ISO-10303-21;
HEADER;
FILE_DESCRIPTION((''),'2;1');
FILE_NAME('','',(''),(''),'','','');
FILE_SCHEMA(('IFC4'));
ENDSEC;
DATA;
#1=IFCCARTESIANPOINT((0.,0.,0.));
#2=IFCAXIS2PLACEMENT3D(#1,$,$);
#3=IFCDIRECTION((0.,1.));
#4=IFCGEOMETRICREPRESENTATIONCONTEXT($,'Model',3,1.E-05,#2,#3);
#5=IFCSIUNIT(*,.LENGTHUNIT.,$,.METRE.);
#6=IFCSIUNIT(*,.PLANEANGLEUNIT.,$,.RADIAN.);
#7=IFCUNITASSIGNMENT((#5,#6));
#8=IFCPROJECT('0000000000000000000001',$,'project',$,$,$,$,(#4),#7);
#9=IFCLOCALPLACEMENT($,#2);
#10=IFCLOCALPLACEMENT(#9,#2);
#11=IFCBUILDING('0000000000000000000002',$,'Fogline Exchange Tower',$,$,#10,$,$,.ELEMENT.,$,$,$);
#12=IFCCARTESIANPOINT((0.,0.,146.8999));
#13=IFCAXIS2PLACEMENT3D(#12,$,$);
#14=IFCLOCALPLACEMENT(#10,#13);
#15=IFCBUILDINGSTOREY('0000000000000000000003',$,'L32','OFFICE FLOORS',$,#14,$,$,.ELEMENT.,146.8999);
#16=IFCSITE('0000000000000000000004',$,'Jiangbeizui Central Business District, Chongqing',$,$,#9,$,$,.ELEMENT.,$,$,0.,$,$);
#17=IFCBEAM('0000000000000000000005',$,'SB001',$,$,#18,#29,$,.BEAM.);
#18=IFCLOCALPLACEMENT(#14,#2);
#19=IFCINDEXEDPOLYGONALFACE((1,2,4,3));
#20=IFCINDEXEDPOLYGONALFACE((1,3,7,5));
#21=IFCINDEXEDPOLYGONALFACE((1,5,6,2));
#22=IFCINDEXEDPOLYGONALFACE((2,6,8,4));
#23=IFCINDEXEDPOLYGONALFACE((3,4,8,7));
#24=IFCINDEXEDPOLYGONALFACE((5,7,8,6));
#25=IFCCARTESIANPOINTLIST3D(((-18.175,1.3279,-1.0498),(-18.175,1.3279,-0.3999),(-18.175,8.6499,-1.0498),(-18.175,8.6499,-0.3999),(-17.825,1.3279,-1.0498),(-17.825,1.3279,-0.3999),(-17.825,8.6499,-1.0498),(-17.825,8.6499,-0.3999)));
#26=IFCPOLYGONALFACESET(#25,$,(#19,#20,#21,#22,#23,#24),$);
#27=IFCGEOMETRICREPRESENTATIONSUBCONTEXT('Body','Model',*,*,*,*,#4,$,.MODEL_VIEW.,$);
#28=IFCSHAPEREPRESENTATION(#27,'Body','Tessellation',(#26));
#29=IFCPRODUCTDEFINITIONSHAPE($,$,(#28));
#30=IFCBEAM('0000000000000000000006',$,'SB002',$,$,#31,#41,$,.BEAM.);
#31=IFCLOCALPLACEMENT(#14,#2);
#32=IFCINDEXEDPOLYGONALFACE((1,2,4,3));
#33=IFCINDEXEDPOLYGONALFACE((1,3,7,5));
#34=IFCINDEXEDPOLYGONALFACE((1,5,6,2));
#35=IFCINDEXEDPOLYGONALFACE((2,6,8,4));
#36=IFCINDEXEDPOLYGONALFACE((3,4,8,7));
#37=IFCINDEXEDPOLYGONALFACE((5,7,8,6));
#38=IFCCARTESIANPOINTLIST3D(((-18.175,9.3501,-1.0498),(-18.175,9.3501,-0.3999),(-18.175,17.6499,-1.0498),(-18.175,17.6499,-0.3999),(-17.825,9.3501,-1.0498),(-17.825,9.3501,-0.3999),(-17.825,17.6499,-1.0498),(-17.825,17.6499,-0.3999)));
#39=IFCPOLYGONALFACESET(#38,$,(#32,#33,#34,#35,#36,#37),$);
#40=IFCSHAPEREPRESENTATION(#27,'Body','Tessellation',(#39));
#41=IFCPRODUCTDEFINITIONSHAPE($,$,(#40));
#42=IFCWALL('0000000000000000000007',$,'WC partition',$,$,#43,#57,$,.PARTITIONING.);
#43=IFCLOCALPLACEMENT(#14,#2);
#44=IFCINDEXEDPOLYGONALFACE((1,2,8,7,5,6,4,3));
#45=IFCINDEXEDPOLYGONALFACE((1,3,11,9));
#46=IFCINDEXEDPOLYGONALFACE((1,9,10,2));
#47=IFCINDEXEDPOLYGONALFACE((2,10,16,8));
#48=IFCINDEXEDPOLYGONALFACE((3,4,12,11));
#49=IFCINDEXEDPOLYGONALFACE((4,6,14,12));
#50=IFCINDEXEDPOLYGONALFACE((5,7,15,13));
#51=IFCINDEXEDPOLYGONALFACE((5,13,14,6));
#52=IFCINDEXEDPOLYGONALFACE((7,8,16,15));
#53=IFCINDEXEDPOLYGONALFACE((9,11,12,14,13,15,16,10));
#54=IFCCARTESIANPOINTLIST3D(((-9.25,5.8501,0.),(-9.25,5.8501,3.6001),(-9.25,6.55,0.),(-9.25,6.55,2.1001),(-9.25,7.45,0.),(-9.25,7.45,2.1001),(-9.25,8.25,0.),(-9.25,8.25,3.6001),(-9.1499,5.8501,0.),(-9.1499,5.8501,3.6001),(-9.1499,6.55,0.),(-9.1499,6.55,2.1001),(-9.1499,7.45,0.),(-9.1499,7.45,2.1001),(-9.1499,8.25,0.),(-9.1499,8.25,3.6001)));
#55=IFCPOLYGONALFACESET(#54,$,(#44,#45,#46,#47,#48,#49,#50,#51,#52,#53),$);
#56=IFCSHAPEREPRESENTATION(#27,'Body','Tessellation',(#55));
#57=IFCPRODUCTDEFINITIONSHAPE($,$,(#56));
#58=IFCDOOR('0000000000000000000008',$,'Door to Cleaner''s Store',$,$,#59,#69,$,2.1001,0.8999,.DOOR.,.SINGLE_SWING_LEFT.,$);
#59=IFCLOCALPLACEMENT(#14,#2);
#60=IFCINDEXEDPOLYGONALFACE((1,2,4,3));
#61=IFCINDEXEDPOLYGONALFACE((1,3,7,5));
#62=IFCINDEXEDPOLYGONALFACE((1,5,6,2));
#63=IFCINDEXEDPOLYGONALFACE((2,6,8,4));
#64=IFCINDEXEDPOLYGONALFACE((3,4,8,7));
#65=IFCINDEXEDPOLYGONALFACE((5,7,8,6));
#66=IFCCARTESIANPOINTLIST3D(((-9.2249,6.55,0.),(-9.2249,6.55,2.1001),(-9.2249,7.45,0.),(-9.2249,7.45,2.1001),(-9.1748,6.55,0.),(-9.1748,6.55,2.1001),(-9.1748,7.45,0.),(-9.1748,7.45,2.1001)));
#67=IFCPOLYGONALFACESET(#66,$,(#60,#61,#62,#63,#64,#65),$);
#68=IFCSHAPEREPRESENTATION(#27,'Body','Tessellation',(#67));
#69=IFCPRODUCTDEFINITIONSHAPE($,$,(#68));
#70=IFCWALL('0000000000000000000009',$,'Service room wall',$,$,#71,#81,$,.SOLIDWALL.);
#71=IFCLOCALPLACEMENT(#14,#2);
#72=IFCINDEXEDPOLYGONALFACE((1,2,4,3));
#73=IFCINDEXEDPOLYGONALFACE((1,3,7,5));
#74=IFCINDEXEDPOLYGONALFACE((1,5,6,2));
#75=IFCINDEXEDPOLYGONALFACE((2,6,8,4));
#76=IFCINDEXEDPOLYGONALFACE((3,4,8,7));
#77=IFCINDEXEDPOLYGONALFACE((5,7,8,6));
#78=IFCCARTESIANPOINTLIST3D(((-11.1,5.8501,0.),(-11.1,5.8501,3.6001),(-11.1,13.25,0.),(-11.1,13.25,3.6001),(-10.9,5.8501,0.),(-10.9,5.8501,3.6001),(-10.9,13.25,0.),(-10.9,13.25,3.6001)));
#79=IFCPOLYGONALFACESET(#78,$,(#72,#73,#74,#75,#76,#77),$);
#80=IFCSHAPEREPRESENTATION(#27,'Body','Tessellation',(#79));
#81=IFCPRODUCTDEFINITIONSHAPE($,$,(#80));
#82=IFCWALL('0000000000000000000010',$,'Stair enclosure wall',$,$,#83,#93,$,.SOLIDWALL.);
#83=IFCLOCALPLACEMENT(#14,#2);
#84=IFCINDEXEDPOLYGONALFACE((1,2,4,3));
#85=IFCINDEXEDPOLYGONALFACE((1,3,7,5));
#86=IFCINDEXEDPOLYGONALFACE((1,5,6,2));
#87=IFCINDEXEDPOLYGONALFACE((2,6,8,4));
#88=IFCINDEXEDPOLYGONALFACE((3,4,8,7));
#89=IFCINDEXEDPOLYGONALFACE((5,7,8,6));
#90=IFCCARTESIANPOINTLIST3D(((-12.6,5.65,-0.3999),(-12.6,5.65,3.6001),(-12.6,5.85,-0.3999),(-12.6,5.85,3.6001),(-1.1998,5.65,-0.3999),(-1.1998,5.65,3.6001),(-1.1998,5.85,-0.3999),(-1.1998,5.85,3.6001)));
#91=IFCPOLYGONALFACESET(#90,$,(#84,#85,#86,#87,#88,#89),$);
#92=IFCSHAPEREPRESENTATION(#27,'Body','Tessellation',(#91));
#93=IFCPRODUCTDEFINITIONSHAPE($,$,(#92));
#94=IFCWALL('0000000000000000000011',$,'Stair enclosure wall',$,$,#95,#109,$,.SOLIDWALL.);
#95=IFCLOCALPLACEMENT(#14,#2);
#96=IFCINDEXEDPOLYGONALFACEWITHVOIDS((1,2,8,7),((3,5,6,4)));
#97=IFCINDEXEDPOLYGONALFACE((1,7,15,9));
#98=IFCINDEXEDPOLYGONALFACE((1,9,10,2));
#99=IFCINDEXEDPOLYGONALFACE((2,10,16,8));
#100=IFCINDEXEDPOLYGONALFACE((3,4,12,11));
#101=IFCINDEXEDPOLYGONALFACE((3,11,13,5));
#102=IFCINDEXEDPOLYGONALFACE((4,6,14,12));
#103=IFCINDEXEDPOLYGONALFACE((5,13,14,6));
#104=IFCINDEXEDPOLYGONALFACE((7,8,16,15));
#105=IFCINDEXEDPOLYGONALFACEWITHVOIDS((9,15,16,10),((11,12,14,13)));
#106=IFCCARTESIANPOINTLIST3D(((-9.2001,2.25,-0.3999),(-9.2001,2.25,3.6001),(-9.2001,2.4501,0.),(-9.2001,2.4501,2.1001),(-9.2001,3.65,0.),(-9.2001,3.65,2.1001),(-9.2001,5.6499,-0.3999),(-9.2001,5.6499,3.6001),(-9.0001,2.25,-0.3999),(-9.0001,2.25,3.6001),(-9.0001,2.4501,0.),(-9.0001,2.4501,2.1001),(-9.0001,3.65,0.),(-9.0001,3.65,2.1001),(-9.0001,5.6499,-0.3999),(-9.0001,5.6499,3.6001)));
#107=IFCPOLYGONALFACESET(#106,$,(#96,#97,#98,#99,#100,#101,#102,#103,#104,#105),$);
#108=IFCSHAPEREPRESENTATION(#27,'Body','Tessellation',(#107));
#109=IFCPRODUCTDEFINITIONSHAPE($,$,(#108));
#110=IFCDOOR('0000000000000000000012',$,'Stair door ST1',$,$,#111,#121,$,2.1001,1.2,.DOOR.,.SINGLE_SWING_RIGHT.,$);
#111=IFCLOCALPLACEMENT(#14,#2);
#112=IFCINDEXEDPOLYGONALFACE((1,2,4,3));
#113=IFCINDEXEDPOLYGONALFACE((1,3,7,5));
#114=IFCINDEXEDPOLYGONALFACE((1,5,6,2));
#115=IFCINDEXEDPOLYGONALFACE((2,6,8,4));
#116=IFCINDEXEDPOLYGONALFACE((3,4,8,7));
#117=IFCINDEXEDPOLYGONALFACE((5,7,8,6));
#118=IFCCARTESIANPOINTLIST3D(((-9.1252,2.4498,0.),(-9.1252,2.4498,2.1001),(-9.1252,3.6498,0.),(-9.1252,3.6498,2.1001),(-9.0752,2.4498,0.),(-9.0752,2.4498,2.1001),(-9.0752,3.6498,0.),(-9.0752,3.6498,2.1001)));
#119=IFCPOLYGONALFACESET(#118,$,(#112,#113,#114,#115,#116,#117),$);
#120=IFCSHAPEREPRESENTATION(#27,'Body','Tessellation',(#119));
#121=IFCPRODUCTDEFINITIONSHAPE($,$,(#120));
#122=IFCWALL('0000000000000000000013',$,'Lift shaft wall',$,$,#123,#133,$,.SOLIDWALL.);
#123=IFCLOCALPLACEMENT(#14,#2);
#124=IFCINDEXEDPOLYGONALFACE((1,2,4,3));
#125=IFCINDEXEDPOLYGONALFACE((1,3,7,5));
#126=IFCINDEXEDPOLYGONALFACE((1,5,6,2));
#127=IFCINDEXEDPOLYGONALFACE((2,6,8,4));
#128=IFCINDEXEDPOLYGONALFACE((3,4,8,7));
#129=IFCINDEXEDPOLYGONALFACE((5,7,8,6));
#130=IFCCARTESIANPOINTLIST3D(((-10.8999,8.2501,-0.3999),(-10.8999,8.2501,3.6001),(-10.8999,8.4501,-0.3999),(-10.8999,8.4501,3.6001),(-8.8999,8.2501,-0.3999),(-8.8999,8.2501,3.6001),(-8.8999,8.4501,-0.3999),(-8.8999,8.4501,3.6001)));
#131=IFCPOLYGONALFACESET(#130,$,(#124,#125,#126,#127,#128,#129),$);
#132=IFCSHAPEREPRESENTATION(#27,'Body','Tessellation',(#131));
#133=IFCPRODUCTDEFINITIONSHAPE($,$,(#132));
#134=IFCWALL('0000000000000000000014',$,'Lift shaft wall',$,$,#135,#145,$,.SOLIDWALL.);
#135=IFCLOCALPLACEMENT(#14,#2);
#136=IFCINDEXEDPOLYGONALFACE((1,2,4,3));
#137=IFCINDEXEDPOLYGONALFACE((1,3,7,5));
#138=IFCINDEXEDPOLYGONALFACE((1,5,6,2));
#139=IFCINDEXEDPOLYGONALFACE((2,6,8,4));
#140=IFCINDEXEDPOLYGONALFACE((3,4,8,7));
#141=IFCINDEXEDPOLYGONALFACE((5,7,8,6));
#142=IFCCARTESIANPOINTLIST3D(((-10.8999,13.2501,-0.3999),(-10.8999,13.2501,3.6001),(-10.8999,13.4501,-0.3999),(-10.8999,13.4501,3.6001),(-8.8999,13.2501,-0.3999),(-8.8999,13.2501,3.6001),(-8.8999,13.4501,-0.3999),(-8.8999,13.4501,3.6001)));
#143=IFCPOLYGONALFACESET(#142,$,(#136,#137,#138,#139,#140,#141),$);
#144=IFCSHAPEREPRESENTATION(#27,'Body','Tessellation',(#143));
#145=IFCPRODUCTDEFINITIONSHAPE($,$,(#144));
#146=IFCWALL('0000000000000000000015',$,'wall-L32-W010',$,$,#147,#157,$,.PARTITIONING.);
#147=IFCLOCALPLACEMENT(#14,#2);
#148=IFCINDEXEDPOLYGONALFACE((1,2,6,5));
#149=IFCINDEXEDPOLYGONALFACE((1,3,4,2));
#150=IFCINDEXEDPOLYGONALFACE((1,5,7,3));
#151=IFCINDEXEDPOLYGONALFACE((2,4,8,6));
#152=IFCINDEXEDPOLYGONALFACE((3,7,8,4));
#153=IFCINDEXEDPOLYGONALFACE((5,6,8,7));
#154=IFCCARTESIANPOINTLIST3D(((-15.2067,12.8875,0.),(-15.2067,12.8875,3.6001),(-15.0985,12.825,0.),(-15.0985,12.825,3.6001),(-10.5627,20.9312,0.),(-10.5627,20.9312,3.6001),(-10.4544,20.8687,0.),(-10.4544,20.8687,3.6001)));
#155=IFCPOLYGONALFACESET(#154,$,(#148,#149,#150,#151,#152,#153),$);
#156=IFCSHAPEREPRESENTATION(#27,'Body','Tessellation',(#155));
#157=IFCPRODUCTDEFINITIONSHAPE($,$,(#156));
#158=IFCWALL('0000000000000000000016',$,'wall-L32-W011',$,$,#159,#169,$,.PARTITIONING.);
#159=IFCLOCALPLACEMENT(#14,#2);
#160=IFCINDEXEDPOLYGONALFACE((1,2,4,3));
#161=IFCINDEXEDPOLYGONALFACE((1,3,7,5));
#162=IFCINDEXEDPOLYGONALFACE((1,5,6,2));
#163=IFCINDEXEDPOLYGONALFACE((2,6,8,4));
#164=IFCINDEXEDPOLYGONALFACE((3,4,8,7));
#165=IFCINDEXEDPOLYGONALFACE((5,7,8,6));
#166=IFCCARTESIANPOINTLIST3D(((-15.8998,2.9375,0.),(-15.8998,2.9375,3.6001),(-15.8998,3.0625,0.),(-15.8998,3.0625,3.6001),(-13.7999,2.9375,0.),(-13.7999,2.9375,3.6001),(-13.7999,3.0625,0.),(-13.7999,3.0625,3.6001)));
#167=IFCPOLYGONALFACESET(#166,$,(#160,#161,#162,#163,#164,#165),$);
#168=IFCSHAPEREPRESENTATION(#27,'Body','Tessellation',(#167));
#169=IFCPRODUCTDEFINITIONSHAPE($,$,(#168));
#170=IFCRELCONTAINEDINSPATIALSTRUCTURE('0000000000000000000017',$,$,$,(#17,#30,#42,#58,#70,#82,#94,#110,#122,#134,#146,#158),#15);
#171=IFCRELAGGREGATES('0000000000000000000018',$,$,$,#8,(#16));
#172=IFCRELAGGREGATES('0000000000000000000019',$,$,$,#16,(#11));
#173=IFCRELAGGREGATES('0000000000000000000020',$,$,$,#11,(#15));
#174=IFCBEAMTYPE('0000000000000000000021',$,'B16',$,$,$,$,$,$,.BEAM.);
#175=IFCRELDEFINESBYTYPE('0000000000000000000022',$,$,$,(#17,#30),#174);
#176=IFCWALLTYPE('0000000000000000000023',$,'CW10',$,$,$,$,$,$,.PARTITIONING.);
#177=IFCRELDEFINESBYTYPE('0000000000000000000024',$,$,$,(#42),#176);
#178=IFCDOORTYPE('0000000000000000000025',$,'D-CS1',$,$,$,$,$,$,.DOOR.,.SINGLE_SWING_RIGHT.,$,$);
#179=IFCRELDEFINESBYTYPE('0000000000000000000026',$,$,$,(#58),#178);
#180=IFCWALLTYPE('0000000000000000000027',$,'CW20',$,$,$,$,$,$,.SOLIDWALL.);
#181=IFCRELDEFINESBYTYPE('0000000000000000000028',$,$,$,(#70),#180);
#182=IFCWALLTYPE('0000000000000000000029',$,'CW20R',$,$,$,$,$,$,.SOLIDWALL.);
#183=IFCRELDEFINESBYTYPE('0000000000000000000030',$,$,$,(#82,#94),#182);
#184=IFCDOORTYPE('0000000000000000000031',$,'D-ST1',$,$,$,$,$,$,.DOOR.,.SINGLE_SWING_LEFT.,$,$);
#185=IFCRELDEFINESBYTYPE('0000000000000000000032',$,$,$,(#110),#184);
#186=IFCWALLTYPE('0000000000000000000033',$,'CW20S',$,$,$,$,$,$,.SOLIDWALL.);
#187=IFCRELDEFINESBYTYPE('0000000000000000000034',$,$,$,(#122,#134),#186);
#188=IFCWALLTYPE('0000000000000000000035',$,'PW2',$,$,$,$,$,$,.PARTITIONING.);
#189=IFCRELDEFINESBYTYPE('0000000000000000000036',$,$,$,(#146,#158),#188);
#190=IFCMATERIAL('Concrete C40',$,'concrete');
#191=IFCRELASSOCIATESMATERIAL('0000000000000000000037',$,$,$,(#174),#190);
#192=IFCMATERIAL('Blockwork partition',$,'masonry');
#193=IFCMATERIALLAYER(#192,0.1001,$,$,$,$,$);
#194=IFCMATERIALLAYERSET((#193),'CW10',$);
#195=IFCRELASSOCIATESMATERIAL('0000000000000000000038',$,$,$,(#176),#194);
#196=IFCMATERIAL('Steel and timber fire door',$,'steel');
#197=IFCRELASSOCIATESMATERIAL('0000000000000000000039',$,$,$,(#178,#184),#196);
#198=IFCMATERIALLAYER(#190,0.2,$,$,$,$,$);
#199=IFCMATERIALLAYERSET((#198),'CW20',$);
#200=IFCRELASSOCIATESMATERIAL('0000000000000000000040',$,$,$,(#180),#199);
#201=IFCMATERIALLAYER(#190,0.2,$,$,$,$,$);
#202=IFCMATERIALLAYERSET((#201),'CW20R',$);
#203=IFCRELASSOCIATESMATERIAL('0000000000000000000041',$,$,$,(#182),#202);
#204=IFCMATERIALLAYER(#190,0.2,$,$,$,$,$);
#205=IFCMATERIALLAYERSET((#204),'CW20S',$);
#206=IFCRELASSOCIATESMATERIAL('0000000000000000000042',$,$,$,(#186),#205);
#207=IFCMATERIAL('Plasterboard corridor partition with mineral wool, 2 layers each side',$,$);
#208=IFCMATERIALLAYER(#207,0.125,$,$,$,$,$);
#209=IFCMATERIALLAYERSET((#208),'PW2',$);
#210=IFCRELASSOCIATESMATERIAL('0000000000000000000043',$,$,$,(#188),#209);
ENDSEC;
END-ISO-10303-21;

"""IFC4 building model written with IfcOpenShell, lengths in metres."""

from ifc_helpers import new_model, si_unit, direction, frame, frame_2d, origin, origin_2d, place, context, subcontext, project, spatial, rectangle, extrude, material, layer, layer_set, material_profile, profile_set, type_object, element, fill, save


model = new_model("IFC4")

# Units and contexts
model_context = context("Model", 3, precision=1e-05, world=origin(), true_north=direction((0.0, 1.0)))
body_context = subcontext(model_context, "Body", "Model", "MODEL_VIEW")
ifc_project = project(units=[si_unit("LENGTHUNIT", "METRE"), si_unit("PLANEANGLEUNIT", "RADIAN")], contexts=[model_context])

# Site, building, storey
site_placement = place(None, origin())
site = spatial("IfcSite", under=ifc_project, at=site_placement, Name="Jiangbeizui Central Business District, Chongqing", CompositionType="ELEMENT", RefElevation=0.0)
building_placement = place(site_placement, origin())
building = spatial("IfcBuilding", under=site, at=building_placement, Name="Fogline Exchange Tower", CompositionType="ELEMENT")
storey_placement = place(building_placement, frame((0.0, 0.0, 146.8999)))
storey = spatial("IfcBuildingStorey", under=building, at=storey_placement, Name="L32", Description="OFFICE FLOORS", CompositionType="ELEMENT", Elevation=146.8999)

# Beams
ifc_material_1 = material(Name="Concrete C40", Category="concrete")
ifc_material_profile = material_profile(ifc_material_1, rectangle(XDim=0.3501, YDim=0.6499, at=origin_2d()), Name="RC 350x650")
ifc_profile_set = profile_set([ifc_material_profile], Name="Concrete C40")
beam_type = type_object("IfcBeamType", Name="B16", PredefinedType="BEAM", material=ifc_profile_set)
beam_1_placement = place(storey_placement, frame((-18.0, 1.3279, -0.7249), z_axis=(0.0, 1.0, 0.0), x_axis=(-1.0, 0.0, 0.0)))
element("IfcBeam", 1, at=beam_1_placement, inside=storey, type_object=beam_type, Name="SB001", PredefinedType="BEAM", context=body_context, shape_type="SweptSolid", body=[
    extrude(rectangle(XDim=0.3501, YDim=0.6499, at=origin_2d()), origin(), (0.0, 0.0, 1.0), 7.322),
])
beam_2_placement = place(storey_placement, frame((-18.0, 9.3501, -0.7249), z_axis=(0.0, 1.0, 0.0), x_axis=(-1.0, 0.0, 0.0)))
element("IfcBeam", 2, at=beam_2_placement, inside=storey, type_object=beam_type, Name="SB002", PredefinedType="BEAM", context=body_context, shape_type="SweptSolid", body=[
    extrude(rectangle(XDim=0.3501, YDim=0.6499, at=origin_2d()), origin(), (0.0, 0.0, 1.0), 8.2998),
])

# Wall, opening, door
ifc_material_2 = material(Name="Blockwork partition", Category="masonry")
ifc_layer_1 = layer(ifc_material_2, 0.1001)
ifc_layer_set_1 = layer_set([ifc_layer_1], Name="CW10")
wall_type_1 = type_object("IfcWallType", Name="CW10", PredefinedType="PARTITIONING", material=ifc_layer_set_1)
wall_1_placement = place(storey_placement, frame((-9.2, 5.8501, 0.0), z_axis=(0.0, 0.0, 1.0), x_axis=(0.0, 1.0, 0.0)))
wall_1 = element("IfcWall", 3, at=wall_1_placement, inside=storey, type_object=wall_type_1, Name="WC partition", PredefinedType="PARTITIONING", context=body_context, shape_type="SweptSolid", body=[
    extrude(rectangle(XDim=2.3999, YDim=0.1001, at=frame_2d((1.2, 0.0))), origin(), (0.0, 0.0, 1.0), 3.6001),
])
opening_1_placement = place(wall_1_placement, frame((0.7, 0.0, 0.0)))
opening_1 = element("IfcOpeningElement", 4, at=opening_1_placement, cuts=wall_1, PredefinedType="OPENING", context=body_context, shape_type="SweptSolid", body=[
    extrude(rectangle(XDim=0.8999, YDim=2.1001, at=frame_2d((0.45, 1.05))), frame((0.0, 0.0601, 0.0), z_axis=(0.0, -1.0, 0.0), x_axis=(1.0, 0.0, 0.0)), (0.0, 0.0, 1.0), 0.1201),
])
ifc_material_3 = material(Name="Steel and timber fire door", Category="steel")
door_type_1 = type_object("IfcDoorType", Name="D-CS1", OperationType="SINGLE_SWING_RIGHT", PredefinedType="DOOR", material=ifc_material_3)
door_1_placement = place(opening_1_placement, origin())
door_1 = element("IfcDoor", 5, at=door_1_placement, inside=storey, type_object=door_type_1, Name="Door to Cleaner's Store", OperationType="SINGLE_SWING_LEFT", OverallHeight=2.1001, OverallWidth=0.8999, PredefinedType="DOOR", context=body_context, shape_type="SweptSolid", body=[
    extrude(rectangle(XDim=0.8999, YDim=2.1001, at=frame_2d((0.45, 1.05))), frame((0.0, 0.0249, 0.0), z_axis=(0.0, -1.0, 0.0), x_axis=(1.0, 0.0, 0.0)), (0.0, 0.0, 1.0), 0.05),
])
fill(opening_1, door_1)

# Walls
ifc_layer_2 = layer(ifc_material_1, 0.2)
ifc_layer_set_2 = layer_set([ifc_layer_2], Name="CW20")
wall_type_2 = type_object("IfcWallType", Name="CW20", PredefinedType="SOLIDWALL", material=ifc_layer_set_2)
wall_2_placement = place(storey_placement, frame((-11.0, 5.8501, 0.0), z_axis=(0.0, 0.0, 1.0), x_axis=(0.0, 1.0, 0.0)))
element("IfcWall", 6, at=wall_2_placement, inside=storey, type_object=wall_type_2, Name="Service room wall", PredefinedType="SOLIDWALL", context=body_context, shape_type="SweptSolid", body=[
    extrude(rectangle(XDim=7.3999, YDim=0.2, at=frame_2d((3.7, 0.0))), origin(), (0.0, 0.0, 1.0), 3.6001),
])
ifc_layer_3 = layer(ifc_material_1, 0.2)
ifc_layer_set_3 = layer_set([ifc_layer_3], Name="CW20R")
wall_type_3 = type_object("IfcWallType", Name="CW20R", PredefinedType="SOLIDWALL", material=ifc_layer_set_3)
wall_3_placement = place(storey_placement, frame((-12.6001, 5.75, -0.3999), z_axis=(0.0, 0.0, 1.0), x_axis=(1.0, 0.0, 0.0)))
element("IfcWall", 7, at=wall_3_placement, inside=storey, type_object=wall_type_3, Name="Stair enclosure wall", PredefinedType="SOLIDWALL", context=body_context, shape_type="SweptSolid", body=[
    extrude(rectangle(XDim=11.4001, YDim=0.2, at=frame_2d((5.7002, 0.0))), origin(), (0.0, 0.0, 1.0), 4.0),
])

# Wall, opening, door
wall_4_placement = place(storey_placement, frame((-9.1001, 2.25, -0.3999), z_axis=(0.0, 0.0, 1.0), x_axis=(0.0, 1.0, 0.0)))
wall_4 = element("IfcWall", 8, at=wall_4_placement, inside=storey, type_object=wall_type_3, Name="Stair enclosure wall", PredefinedType="SOLIDWALL", context=body_context, shape_type="SweptSolid", body=[
    extrude(rectangle(XDim=3.3999, YDim=0.2, at=frame_2d((1.7, 0.0))), origin(), (0.0, 0.0, 1.0), 4.0),
])
opening_2_placement = place(wall_4_placement, frame((0.2, 0.0, 0.3999)))
opening_2 = element("IfcOpeningElement", 9, at=opening_2_placement, cuts=wall_4, PredefinedType="OPENING", context=body_context, shape_type="SweptSolid", body=[
    extrude(rectangle(XDim=1.2, YDim=2.1001, at=frame_2d((0.6001, 1.05))), frame((0.0, 0.1099, 0.0), z_axis=(0.0, -1.0, 0.0), x_axis=(1.0, 0.0, 0.0)), (0.0, 0.0, 1.0), 0.22),
])
door_type_2 = type_object("IfcDoorType", Name="D-ST1", OperationType="SINGLE_SWING_LEFT", PredefinedType="DOOR", material=ifc_material_3)
door_2_placement = place(opening_2_placement, frame((1.2, 0.0, 0.0), z_axis=(0.0, 0.0, 1.0), x_axis=(-1.0, 0.0, 0.0)))
door_2 = element("IfcDoor", 10, at=door_2_placement, inside=storey, type_object=door_type_2, Name="Stair door ST1", OperationType="SINGLE_SWING_RIGHT", OverallHeight=2.1001, OverallWidth=1.2, PredefinedType="DOOR", context=body_context, shape_type="SweptSolid", body=[
    extrude(rectangle(XDim=1.2, YDim=2.1001, at=frame_2d((0.6001, 1.05))), frame((0.0, 0.0249, 0.0), z_axis=(0.0, -1.0, 0.0), x_axis=(1.0, 0.0, 0.0)), (0.0, 0.0, 1.0), 0.05),
])
fill(opening_2, door_2)

# Walls
ifc_layer_4 = layer(ifc_material_1, 0.2)
ifc_layer_set_4 = layer_set([ifc_layer_4], Name="CW20S")
wall_type_4 = type_object("IfcWallType", Name="CW20S", PredefinedType="SOLIDWALL", material=ifc_layer_set_4)
for number, where, z_axis, x_axis, name in (
    (11, (-10.8999, 8.3501, -0.3999), (0.0, 0.0, 1.0), (1.0, 0.0, 0.0), "Lift shaft wall"),
    (12, (-10.8999, 13.3501, -0.3999), (0.0, 0.0, 1.0), (1.0, 0.0, 0.0), "Lift shaft wall"),
):
    element("IfcWall", number, at=place(storey_placement, frame(where, z_axis=z_axis, x_axis=x_axis)), inside=storey, type_object=wall_type_4, Name=name, PredefinedType="SOLIDWALL", context=body_context, shape_type="SweptSolid", body=[
        extrude(rectangle(XDim=2.0, YDim=0.2, at=frame_2d((1.0, 0.0))), origin(), (0.0, 0.0, 1.0), 4.0),
    ])
ifc_material_4 = material(Name="Plasterboard corridor partition with mineral wool, 2 layers each side")
ifc_layer_5 = layer(ifc_material_4, 0.125)
ifc_layer_set_5 = layer_set([ifc_layer_5], Name="PW2")
wall_type_5 = type_object("IfcWallType", Name="PW2", PredefinedType="PARTITIONING", material=ifc_layer_set_5)
wall_5_placement = place(storey_placement, frame((-15.1526, 12.8562, 0.0), z_axis=(0.0, 0.0, 1.0), x_axis=(0.500001, 0.866025, 0.0)))
element("IfcWall", 13, at=wall_5_placement, inside=storey, type_object=wall_type_5, Name="wall-L32-W010", PredefinedType="PARTITIONING", context=body_context, shape_type="SweptSolid", body=[
    extrude(rectangle(XDim=9.2881, YDim=0.125, at=frame_2d((4.644, 0.0))), origin(), (0.0, 0.0, 1.0), 3.6001),
])
wall_6_placement = place(storey_placement, frame((-13.8, 3.0, 0.0), z_axis=(0.0, 0.0, 1.0), x_axis=(-1.0, 0.0, 0.0)))
element("IfcWall", 14, at=wall_6_placement, inside=storey, type_object=wall_type_5, Name="wall-L32-W011", PredefinedType="PARTITIONING", context=body_context, shape_type="SweptSolid", body=[
    extrude(rectangle(XDim=2.0999, YDim=0.125, at=frame_2d((1.0498, 0.0))), origin(), (0.0, 0.0, 1.0), 3.6001),
])

save(model, "model.ifc")
